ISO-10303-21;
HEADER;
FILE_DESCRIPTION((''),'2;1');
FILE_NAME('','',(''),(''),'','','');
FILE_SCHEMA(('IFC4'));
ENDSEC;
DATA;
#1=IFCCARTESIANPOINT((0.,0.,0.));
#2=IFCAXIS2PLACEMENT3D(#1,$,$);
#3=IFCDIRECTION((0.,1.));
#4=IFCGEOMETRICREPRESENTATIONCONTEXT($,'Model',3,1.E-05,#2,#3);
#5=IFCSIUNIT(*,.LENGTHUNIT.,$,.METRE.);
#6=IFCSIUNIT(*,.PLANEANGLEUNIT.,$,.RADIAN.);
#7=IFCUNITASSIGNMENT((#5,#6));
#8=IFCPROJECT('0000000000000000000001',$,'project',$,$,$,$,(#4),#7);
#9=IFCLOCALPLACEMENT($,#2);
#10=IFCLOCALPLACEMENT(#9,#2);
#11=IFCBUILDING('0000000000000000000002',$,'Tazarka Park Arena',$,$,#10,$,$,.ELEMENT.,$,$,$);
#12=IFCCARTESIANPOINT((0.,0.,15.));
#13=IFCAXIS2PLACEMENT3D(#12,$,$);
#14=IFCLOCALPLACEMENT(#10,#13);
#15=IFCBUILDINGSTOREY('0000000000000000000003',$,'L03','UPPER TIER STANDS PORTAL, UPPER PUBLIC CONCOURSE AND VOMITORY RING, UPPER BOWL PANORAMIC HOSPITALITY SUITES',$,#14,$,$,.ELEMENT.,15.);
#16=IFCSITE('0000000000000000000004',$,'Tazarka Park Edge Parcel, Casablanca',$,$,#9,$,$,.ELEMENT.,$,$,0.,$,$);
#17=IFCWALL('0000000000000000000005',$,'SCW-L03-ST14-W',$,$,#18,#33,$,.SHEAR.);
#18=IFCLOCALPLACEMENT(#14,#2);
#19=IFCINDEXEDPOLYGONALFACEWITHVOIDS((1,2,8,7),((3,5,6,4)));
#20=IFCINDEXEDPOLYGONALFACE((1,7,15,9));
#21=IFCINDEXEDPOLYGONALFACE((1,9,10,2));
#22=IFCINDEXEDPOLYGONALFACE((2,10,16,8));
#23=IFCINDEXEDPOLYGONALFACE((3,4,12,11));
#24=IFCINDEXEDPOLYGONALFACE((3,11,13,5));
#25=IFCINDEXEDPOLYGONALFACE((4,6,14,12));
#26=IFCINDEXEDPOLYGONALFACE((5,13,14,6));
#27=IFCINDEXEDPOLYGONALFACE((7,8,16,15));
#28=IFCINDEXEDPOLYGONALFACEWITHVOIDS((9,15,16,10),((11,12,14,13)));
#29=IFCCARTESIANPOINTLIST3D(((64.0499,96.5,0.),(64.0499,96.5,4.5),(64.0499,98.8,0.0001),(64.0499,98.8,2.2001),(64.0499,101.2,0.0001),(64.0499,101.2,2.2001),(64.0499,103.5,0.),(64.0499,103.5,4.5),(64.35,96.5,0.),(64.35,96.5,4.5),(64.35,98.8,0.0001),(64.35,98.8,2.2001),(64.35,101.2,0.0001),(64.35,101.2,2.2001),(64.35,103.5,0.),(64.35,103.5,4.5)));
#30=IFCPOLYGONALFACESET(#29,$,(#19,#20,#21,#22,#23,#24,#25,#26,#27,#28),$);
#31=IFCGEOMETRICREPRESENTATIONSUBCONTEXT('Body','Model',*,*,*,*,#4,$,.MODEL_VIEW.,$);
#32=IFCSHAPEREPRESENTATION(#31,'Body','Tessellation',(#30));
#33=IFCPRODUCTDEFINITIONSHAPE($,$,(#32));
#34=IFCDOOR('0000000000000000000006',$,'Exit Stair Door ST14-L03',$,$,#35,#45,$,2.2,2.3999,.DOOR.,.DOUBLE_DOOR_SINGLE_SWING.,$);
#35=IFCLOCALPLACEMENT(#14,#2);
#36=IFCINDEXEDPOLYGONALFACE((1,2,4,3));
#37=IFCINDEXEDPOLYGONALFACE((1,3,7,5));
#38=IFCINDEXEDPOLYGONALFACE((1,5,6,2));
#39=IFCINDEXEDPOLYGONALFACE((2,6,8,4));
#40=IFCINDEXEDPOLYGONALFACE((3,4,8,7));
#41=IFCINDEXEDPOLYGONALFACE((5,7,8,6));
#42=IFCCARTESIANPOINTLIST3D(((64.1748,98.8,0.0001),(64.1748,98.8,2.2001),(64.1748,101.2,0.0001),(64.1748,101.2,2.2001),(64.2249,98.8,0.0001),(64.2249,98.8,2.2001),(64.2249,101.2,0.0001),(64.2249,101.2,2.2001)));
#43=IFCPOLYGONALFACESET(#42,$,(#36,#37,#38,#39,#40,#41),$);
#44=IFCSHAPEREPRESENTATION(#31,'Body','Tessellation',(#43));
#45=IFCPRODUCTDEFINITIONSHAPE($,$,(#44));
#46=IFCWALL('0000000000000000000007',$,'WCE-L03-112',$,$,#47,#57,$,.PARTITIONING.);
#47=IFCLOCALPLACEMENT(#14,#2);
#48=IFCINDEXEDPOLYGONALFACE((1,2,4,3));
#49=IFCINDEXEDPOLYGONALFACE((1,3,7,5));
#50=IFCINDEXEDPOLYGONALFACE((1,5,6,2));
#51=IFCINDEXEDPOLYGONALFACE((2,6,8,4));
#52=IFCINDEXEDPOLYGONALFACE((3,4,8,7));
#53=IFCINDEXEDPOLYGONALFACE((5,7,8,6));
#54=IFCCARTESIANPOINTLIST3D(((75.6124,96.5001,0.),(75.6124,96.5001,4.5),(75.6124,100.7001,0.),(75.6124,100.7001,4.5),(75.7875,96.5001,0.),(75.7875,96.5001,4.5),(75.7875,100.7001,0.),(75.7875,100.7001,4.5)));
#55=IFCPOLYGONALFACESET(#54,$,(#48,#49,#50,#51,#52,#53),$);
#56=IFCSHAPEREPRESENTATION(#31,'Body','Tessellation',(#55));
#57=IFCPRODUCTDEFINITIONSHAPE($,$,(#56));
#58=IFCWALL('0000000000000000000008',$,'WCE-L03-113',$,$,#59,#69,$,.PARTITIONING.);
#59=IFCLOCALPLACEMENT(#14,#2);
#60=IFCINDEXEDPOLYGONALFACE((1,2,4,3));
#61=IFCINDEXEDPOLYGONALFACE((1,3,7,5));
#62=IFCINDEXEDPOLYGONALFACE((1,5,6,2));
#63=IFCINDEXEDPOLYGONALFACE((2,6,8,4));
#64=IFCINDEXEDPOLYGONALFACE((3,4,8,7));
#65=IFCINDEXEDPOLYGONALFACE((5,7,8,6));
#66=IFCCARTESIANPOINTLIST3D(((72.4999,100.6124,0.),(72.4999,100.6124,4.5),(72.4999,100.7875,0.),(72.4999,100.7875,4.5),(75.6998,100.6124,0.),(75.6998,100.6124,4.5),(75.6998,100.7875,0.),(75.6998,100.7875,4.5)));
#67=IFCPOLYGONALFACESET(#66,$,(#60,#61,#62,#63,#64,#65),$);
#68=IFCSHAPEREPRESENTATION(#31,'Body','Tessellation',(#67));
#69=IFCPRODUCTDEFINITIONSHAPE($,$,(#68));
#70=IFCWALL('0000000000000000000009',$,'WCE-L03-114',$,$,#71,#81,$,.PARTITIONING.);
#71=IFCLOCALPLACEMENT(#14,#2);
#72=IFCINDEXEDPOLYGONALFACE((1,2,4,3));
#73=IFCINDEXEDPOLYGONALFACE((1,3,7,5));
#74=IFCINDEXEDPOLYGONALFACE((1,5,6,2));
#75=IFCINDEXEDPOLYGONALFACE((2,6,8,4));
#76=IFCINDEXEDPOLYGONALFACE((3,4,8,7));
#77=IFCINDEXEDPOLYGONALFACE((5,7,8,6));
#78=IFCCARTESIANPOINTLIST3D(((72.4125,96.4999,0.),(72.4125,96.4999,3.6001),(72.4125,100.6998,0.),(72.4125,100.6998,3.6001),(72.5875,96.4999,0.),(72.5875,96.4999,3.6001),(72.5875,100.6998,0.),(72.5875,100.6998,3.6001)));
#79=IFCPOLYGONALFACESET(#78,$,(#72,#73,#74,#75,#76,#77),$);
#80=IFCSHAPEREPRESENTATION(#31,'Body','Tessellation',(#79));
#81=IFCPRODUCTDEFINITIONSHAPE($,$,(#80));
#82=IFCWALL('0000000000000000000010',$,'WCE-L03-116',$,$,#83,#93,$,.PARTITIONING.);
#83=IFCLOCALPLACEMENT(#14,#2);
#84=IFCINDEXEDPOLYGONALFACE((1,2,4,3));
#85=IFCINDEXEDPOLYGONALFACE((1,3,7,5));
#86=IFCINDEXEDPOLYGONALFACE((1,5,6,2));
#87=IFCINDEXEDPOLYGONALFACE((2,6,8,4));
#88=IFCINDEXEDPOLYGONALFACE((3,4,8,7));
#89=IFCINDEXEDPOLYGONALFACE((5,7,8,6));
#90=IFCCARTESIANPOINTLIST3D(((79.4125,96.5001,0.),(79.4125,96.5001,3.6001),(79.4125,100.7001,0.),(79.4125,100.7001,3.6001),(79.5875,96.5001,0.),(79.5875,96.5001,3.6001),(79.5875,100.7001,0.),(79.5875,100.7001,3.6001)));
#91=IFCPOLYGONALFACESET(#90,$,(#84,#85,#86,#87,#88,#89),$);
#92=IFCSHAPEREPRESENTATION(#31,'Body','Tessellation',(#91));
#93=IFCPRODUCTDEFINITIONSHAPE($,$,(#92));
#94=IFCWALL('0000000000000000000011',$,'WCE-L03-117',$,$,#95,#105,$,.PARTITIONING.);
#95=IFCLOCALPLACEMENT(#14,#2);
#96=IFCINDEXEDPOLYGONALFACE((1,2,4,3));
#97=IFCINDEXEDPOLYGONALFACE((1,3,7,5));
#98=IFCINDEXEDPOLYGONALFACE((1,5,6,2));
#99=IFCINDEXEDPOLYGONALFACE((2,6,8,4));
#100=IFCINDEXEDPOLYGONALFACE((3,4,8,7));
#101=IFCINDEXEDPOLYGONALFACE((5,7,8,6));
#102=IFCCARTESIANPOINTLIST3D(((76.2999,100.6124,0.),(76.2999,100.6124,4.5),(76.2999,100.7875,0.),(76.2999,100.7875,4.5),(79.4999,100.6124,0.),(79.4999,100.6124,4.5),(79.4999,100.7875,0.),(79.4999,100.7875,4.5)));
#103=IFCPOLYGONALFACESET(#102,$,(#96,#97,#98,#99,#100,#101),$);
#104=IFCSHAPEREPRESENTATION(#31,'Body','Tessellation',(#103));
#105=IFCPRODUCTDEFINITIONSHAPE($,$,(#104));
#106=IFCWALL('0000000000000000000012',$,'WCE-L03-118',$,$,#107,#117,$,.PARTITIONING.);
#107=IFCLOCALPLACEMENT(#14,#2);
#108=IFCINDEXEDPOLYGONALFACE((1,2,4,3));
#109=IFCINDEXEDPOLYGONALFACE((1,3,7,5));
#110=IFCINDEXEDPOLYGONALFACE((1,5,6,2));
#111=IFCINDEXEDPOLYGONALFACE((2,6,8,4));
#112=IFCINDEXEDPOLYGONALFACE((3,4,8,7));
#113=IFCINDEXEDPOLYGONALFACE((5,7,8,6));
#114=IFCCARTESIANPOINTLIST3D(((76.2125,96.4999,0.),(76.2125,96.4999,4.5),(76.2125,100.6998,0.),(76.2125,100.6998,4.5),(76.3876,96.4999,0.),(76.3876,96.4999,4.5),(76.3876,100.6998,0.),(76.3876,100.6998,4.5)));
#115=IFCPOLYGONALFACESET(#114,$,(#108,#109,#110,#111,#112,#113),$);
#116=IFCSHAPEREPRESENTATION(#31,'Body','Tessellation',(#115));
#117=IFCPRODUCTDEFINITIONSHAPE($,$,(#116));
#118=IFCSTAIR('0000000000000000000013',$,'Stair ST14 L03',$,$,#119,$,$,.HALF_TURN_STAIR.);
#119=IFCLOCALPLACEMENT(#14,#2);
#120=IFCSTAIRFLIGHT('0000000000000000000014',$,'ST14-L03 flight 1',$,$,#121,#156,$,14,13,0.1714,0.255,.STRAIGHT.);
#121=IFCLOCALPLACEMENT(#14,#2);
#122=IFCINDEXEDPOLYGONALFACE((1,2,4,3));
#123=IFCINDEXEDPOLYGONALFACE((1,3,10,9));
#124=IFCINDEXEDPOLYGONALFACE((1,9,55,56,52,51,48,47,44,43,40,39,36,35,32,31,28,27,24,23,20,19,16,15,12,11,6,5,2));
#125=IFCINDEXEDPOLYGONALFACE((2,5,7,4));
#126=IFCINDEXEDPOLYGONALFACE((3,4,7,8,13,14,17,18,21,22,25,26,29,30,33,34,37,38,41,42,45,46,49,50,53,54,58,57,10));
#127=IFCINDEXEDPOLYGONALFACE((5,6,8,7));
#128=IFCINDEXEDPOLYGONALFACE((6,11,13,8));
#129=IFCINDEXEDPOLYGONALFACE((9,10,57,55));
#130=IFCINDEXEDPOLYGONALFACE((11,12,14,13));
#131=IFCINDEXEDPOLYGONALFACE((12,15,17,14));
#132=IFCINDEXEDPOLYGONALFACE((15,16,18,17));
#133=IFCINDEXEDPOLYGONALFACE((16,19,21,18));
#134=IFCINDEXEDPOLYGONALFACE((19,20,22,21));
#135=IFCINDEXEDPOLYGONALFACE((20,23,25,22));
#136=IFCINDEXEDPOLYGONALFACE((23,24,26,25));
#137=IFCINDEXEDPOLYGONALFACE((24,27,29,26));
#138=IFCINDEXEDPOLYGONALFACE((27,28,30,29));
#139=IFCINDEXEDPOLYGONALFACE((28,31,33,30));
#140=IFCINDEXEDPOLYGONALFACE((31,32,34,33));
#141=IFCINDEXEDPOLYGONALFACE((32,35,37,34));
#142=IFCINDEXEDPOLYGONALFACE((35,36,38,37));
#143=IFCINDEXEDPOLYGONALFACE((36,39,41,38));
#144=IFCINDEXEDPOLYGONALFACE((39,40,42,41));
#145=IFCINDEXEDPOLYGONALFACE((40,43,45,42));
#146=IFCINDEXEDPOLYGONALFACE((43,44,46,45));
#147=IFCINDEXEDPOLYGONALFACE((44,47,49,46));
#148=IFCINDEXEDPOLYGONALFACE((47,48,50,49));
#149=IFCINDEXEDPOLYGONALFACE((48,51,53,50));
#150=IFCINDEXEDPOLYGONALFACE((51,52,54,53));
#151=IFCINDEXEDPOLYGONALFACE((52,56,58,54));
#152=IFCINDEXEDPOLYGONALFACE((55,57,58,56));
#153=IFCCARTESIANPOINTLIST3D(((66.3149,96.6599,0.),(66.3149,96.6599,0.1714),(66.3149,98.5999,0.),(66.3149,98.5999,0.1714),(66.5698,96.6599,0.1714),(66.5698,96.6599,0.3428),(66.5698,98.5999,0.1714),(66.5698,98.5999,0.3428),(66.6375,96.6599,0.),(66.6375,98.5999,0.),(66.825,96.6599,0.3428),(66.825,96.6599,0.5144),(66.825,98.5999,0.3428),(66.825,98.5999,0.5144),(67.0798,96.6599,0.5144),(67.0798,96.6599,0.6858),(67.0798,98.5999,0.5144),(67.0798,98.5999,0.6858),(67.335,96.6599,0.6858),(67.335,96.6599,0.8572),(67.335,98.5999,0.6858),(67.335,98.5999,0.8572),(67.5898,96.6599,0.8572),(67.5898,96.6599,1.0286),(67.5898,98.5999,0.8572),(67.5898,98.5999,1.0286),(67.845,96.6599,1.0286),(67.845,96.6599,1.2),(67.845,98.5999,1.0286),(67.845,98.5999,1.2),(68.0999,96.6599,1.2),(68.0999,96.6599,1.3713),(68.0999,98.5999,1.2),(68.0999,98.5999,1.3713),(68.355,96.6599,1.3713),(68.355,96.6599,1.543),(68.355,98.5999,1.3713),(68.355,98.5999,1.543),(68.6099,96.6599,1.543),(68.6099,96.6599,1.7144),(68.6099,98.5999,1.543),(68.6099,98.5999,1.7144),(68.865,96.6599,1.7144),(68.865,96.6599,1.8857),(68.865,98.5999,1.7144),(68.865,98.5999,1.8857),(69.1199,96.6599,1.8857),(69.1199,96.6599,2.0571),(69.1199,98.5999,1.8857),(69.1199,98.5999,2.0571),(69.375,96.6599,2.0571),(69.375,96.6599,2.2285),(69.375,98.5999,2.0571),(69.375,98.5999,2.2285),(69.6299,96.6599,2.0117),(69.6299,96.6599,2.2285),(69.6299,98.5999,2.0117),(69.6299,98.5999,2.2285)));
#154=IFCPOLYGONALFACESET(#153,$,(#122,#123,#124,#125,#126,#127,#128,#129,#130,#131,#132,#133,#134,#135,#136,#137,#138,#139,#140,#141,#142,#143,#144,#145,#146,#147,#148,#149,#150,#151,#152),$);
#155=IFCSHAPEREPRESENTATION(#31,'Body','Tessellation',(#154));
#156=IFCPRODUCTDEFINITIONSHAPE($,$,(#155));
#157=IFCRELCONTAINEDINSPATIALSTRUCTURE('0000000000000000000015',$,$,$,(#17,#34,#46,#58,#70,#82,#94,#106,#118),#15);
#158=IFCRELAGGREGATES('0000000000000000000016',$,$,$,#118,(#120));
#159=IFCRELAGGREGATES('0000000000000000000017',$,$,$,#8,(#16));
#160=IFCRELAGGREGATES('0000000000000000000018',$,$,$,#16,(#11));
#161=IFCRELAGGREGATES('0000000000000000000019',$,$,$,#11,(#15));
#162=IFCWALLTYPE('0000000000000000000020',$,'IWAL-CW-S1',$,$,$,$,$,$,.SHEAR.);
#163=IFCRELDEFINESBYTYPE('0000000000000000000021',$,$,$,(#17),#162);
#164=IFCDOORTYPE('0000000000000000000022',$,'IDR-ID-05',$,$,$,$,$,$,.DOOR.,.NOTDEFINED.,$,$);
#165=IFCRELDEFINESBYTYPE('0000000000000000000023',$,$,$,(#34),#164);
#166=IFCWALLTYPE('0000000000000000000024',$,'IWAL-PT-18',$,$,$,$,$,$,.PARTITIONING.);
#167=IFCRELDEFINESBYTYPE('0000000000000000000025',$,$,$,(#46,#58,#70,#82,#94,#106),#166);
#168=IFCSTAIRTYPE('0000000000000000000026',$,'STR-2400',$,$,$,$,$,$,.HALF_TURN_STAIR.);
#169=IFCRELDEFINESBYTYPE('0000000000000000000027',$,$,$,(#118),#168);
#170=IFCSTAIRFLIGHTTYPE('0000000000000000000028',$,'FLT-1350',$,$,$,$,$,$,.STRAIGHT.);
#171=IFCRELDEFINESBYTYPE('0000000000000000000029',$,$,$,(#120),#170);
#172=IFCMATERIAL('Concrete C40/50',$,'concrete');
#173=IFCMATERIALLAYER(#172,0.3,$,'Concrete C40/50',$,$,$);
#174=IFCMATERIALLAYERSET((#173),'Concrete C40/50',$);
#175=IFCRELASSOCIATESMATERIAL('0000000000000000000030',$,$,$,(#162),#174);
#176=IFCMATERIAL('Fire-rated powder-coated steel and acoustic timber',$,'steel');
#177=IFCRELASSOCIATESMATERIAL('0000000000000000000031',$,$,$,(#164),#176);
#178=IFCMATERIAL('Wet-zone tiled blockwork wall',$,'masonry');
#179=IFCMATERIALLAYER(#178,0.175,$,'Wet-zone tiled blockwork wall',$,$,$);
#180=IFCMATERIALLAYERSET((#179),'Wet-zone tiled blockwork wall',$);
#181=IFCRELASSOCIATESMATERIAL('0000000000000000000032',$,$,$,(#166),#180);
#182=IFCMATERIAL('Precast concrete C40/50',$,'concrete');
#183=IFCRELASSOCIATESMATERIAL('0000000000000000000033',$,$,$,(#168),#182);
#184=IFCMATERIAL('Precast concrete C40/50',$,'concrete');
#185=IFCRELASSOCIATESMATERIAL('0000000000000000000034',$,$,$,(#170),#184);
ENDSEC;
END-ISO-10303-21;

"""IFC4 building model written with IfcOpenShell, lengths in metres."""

from ifc_helpers import new_model, si_unit, direction, frame, frame_2d, origin, place, context, subcontext, project, spatial, polyline, rectangle, outline, extrude, material, layer, layer_set, type_object, element, fill, aggregate, save


model = new_model("IFC4")

# Units and contexts
model_context = context("Model", 3, precision=1e-05, world=origin(), true_north=direction((0.0, 1.0)))
body_context = subcontext(model_context, "Body", "Model", "MODEL_VIEW")
ifc_project = project(units=[si_unit("LENGTHUNIT", "METRE"), si_unit("PLANEANGLEUNIT", "RADIAN")], contexts=[model_context])

# Site, building, storey
site_placement = place(None, origin())
site = spatial("IfcSite", under=ifc_project, at=site_placement, Name="Tazarka Park Edge Parcel, Casablanca", CompositionType="ELEMENT", RefElevation=0.0)
building_placement = place(site_placement, origin())
building = spatial("IfcBuilding", under=site, at=building_placement, Name="Tazarka Park Arena", CompositionType="ELEMENT")
storey_placement = place(building_placement, frame((0.0, 0.0, 15.0)))
storey = spatial("IfcBuildingStorey", under=building, at=storey_placement, Name="L03", Description="UPPER TIER STANDS PORTAL, UPPER PUBLIC CONCOURSE AND VOMITORY RING, UPPER BOWL PANORAMIC HOSPITALITY SUITES", CompositionType="ELEMENT", Elevation=15.0)

# Shared definitions
ifc_material_1 = material(Name="Concrete C40/50", Category="concrete")
ifc_layer_1 = layer(ifc_material_1, 0.3, Name="Concrete C40/50")
ifc_layer_set_1 = layer_set([ifc_layer_1], Name="Concrete C40/50")
wall_type_1 = type_object("IfcWallType", Name="IWAL-CW-S1", PredefinedType="SHEAR", material=ifc_layer_set_1)

# Wall, opening, door
wall_1_placement = place(storey_placement, frame((64.2, 96.5, 0.0), z_axis=(0.0, 0.0, 1.0), x_axis=(0.0, 1.0, 0.0)))
wall_1 = element("IfcWall", 1, at=wall_1_placement, inside=storey, type_object=wall_type_1, Name="SCW-L03-ST14-W", PredefinedType="SHEAR", context=body_context, shape_type="SweptSolid", body=[
    extrude(rectangle(XDim=7.0, YDim=0.3, at=frame_2d((3.5, 0.0))), origin(), (0.0, 0.0, 1.0), 4.5),
])
opening_1_placement = place(wall_1_placement, frame((2.3, 0.0, 0.0)))
opening_1 = element("IfcOpeningElement", 2, at=opening_1_placement, cuts=wall_1, PredefinedType="OPENING", context=body_context, shape_type="SweptSolid", body=[
    extrude(rectangle(XDim=2.3999, YDim=2.2, at=frame_2d((1.2, 1.1001))), frame((0.0, 0.1602, 0.0), z_axis=(0.0, -1.0, 0.0), x_axis=(1.0, 0.0, 0.0)), (0.0, 0.0, 1.0), 0.3201),
])
ifc_material_2 = material(Name="Fire-rated powder-coated steel and acoustic timber", Category="steel")
door_type_1 = type_object("IfcDoorType", Name="IDR-ID-05", OperationType="NOTDEFINED", PredefinedType="DOOR", material=ifc_material_2)
door_1_placement = place(opening_1_placement, frame((2.3999, 0.0, 0.0), z_axis=(0.0, 0.0, 1.0), x_axis=(-1.0, 0.0, 0.0)))
door_1 = element("IfcDoor", 3, at=door_1_placement, inside=storey, type_object=door_type_1, Name="Exit Stair Door ST14-L03", OperationType="DOUBLE_DOOR_SINGLE_SWING", OverallHeight=2.2, OverallWidth=2.3999, PredefinedType="DOOR", context=body_context, shape_type="SweptSolid", body=[
    extrude(rectangle(XDim=2.3999, YDim=2.2, at=frame_2d((1.2, 1.1001))), frame((0.0, 0.0249, 0.0), z_axis=(0.0, -1.0, 0.0), x_axis=(1.0, 0.0, 0.0)), (0.0, 0.0, 1.0), 0.05),
])
fill(opening_1, door_1)
ifc_material_3 = material(Name="Wet-zone tiled blockwork wall", Category="masonry")
ifc_layer_2 = layer(ifc_material_3, 0.175, Name="Wet-zone tiled blockwork wall")
ifc_layer_set_2 = layer_set([ifc_layer_2], Name="Wet-zone tiled blockwork wall")
wall_type_2 = type_object("IfcWallType", Name="IWAL-PT-18", PredefinedType="PARTITIONING", material=ifc_layer_set_2)

# Walls
wall_2_placement = place(storey_placement, frame((75.7, 96.5, 0.0), z_axis=(0.0, 0.0, 1.0), x_axis=(0.0, 1.0, 0.0)))
element("IfcWall", 4, at=wall_2_placement, inside=storey, type_object=wall_type_2, Name="WCE-L03-112", PredefinedType="PARTITIONING", context=body_context, shape_type="SweptSolid", body=[
    extrude(rectangle(XDim=4.2, YDim=0.175, at=frame_2d((2.1001, 0.0))), origin(), (0.0, 0.0, 1.0), 4.5),
])
wall_3_placement = place(storey_placement, frame((75.7, 100.7, 0.0), z_axis=(0.0, 0.0, 1.0), x_axis=(-1.0, 0.0, 0.0)))
element("IfcWall", 5, at=wall_3_placement, inside=storey, type_object=wall_type_2, Name="WCE-L03-113", PredefinedType="PARTITIONING", context=body_context, shape_type="SweptSolid", body=[
    extrude(rectangle(XDim=3.2, YDim=0.175, at=frame_2d((1.6001, 0.0))), origin(), (0.0, 0.0, 1.0), 4.5),
])
wall_4_placement = place(storey_placement, frame((72.5, 100.7, 0.0), z_axis=(0.0, 0.0, 1.0), x_axis=(0.0, -1.0, 0.0)))
element("IfcWall", 6, at=wall_4_placement, inside=storey, type_object=wall_type_2, Name="WCE-L03-114", PredefinedType="PARTITIONING", context=body_context, shape_type="SweptSolid", body=[
    extrude(rectangle(XDim=4.2, YDim=0.175, at=frame_2d((2.1001, 0.0))), origin(), (0.0, 0.0, 1.0), 3.6001),
])

# Walls
wall_5_placement = place(storey_placement, frame((79.5, 96.5, 0.0), z_axis=(0.0, 0.0, 1.0), x_axis=(0.0, 1.0, 0.0)))
element("IfcWall", 7, at=wall_5_placement, inside=storey, type_object=wall_type_2, Name="WCE-L03-116", PredefinedType="PARTITIONING", context=body_context, shape_type="SweptSolid", body=[
    extrude(rectangle(XDim=4.2, YDim=0.175, at=frame_2d((2.1001, 0.0))), origin(), (0.0, 0.0, 1.0), 3.6001),
])
wall_6_placement = place(storey_placement, frame((79.5, 100.7, 0.0), z_axis=(0.0, 0.0, 1.0), x_axis=(-1.0, 0.0, 0.0)))
element("IfcWall", 8, at=wall_6_placement, inside=storey, type_object=wall_type_2, Name="WCE-L03-117", PredefinedType="PARTITIONING", context=body_context, shape_type="SweptSolid", body=[
    extrude(rectangle(XDim=3.2, YDim=0.175, at=frame_2d((1.6001, 0.0))), origin(), (0.0, 0.0, 1.0), 4.5),
])
wall_7_placement = place(storey_placement, frame((76.3, 100.7, 0.0), z_axis=(0.0, 0.0, 1.0), x_axis=(0.0, -1.0, 0.0)))
element("IfcWall", 9, at=wall_7_placement, inside=storey, type_object=wall_type_2, Name="WCE-L03-118", PredefinedType="PARTITIONING", context=body_context, shape_type="SweptSolid", body=[
    extrude(rectangle(XDim=4.2, YDim=0.175, at=frame_2d((2.1001, 0.0))), origin(), (0.0, 0.0, 1.0), 4.5),
])

# Stair, stair flight
ifc_material_4 = material(Name="Precast concrete C40/50", Category="concrete")
stair_type = type_object("IfcStairType", Name="STR-2400", PredefinedType="HALF_TURN_STAIR", material=ifc_material_4)
stair_placement = place(storey_placement, origin())
stair = element("IfcStair", 10, at=stair_placement, inside=storey, type_object=stair_type, Name="Stair ST14 L03", PredefinedType="HALF_TURN_STAIR")
ifc_material_5 = material(Name="Precast concrete C40/50", Category="concrete")
stair_flight_type = type_object("IfcStairFlightType", Name="FLT-1350", PredefinedType="STRAIGHT", material=ifc_material_5)
stair_flight_placement = place(storey_placement, frame((66.3149, 97.6299, 0.0), z_axis=(0.0, 0.0, 1.0), x_axis=(1.0, 0.0, 0.0)))
stair_flight = element("IfcStairFlight", 11, at=stair_flight_placement, type_object=stair_flight_type, Name="ST14-L03 flight 1", NumberOfRisers=14, NumberOfTreads=13, PredefinedType="STRAIGHT", RiserHeight=0.1714, TreadLength=0.255, context=body_context, shape_type="SweptSolid", body=[
    extrude(outline(polyline([(0.0, 0.0), (0.0, 0.1714), (0.2549, 0.1714), (0.2549, 0.3428), (0.51, 0.3428), (0.51, 0.5144), (0.7649, 0.5144), (0.7649, 0.6858), (1.02, 0.6858), (1.02, 0.8572), (1.2749, 0.8572), (1.2749, 1.0286), (1.53, 1.0286), (1.53, 1.2), (1.7849, 1.2), (1.7849, 1.3713), (2.04, 1.3713), (2.04, 1.543), (2.2949, 1.543), (2.2949, 1.7144), (2.55, 1.7144), (2.55, 1.8857), (2.8049, 1.8857), (2.8049, 2.0571), (3.0601, 2.0571), (3.0601, 2.2285), (3.3149, 2.2285), (3.3149, 2.3999), (3.3149, 2.0117), (0.3225, 0.0), (0.0, 0.0)])), frame((0.0, 0.97, 0.0), z_axis=(0.0, -1.0, 0.0), x_axis=(1.0, 0.0, 0.0)), (0.0, 0.0, 1.0), 1.9399),
])
aggregate(stair, [stair_flight])

save(model, "model.ifc")
